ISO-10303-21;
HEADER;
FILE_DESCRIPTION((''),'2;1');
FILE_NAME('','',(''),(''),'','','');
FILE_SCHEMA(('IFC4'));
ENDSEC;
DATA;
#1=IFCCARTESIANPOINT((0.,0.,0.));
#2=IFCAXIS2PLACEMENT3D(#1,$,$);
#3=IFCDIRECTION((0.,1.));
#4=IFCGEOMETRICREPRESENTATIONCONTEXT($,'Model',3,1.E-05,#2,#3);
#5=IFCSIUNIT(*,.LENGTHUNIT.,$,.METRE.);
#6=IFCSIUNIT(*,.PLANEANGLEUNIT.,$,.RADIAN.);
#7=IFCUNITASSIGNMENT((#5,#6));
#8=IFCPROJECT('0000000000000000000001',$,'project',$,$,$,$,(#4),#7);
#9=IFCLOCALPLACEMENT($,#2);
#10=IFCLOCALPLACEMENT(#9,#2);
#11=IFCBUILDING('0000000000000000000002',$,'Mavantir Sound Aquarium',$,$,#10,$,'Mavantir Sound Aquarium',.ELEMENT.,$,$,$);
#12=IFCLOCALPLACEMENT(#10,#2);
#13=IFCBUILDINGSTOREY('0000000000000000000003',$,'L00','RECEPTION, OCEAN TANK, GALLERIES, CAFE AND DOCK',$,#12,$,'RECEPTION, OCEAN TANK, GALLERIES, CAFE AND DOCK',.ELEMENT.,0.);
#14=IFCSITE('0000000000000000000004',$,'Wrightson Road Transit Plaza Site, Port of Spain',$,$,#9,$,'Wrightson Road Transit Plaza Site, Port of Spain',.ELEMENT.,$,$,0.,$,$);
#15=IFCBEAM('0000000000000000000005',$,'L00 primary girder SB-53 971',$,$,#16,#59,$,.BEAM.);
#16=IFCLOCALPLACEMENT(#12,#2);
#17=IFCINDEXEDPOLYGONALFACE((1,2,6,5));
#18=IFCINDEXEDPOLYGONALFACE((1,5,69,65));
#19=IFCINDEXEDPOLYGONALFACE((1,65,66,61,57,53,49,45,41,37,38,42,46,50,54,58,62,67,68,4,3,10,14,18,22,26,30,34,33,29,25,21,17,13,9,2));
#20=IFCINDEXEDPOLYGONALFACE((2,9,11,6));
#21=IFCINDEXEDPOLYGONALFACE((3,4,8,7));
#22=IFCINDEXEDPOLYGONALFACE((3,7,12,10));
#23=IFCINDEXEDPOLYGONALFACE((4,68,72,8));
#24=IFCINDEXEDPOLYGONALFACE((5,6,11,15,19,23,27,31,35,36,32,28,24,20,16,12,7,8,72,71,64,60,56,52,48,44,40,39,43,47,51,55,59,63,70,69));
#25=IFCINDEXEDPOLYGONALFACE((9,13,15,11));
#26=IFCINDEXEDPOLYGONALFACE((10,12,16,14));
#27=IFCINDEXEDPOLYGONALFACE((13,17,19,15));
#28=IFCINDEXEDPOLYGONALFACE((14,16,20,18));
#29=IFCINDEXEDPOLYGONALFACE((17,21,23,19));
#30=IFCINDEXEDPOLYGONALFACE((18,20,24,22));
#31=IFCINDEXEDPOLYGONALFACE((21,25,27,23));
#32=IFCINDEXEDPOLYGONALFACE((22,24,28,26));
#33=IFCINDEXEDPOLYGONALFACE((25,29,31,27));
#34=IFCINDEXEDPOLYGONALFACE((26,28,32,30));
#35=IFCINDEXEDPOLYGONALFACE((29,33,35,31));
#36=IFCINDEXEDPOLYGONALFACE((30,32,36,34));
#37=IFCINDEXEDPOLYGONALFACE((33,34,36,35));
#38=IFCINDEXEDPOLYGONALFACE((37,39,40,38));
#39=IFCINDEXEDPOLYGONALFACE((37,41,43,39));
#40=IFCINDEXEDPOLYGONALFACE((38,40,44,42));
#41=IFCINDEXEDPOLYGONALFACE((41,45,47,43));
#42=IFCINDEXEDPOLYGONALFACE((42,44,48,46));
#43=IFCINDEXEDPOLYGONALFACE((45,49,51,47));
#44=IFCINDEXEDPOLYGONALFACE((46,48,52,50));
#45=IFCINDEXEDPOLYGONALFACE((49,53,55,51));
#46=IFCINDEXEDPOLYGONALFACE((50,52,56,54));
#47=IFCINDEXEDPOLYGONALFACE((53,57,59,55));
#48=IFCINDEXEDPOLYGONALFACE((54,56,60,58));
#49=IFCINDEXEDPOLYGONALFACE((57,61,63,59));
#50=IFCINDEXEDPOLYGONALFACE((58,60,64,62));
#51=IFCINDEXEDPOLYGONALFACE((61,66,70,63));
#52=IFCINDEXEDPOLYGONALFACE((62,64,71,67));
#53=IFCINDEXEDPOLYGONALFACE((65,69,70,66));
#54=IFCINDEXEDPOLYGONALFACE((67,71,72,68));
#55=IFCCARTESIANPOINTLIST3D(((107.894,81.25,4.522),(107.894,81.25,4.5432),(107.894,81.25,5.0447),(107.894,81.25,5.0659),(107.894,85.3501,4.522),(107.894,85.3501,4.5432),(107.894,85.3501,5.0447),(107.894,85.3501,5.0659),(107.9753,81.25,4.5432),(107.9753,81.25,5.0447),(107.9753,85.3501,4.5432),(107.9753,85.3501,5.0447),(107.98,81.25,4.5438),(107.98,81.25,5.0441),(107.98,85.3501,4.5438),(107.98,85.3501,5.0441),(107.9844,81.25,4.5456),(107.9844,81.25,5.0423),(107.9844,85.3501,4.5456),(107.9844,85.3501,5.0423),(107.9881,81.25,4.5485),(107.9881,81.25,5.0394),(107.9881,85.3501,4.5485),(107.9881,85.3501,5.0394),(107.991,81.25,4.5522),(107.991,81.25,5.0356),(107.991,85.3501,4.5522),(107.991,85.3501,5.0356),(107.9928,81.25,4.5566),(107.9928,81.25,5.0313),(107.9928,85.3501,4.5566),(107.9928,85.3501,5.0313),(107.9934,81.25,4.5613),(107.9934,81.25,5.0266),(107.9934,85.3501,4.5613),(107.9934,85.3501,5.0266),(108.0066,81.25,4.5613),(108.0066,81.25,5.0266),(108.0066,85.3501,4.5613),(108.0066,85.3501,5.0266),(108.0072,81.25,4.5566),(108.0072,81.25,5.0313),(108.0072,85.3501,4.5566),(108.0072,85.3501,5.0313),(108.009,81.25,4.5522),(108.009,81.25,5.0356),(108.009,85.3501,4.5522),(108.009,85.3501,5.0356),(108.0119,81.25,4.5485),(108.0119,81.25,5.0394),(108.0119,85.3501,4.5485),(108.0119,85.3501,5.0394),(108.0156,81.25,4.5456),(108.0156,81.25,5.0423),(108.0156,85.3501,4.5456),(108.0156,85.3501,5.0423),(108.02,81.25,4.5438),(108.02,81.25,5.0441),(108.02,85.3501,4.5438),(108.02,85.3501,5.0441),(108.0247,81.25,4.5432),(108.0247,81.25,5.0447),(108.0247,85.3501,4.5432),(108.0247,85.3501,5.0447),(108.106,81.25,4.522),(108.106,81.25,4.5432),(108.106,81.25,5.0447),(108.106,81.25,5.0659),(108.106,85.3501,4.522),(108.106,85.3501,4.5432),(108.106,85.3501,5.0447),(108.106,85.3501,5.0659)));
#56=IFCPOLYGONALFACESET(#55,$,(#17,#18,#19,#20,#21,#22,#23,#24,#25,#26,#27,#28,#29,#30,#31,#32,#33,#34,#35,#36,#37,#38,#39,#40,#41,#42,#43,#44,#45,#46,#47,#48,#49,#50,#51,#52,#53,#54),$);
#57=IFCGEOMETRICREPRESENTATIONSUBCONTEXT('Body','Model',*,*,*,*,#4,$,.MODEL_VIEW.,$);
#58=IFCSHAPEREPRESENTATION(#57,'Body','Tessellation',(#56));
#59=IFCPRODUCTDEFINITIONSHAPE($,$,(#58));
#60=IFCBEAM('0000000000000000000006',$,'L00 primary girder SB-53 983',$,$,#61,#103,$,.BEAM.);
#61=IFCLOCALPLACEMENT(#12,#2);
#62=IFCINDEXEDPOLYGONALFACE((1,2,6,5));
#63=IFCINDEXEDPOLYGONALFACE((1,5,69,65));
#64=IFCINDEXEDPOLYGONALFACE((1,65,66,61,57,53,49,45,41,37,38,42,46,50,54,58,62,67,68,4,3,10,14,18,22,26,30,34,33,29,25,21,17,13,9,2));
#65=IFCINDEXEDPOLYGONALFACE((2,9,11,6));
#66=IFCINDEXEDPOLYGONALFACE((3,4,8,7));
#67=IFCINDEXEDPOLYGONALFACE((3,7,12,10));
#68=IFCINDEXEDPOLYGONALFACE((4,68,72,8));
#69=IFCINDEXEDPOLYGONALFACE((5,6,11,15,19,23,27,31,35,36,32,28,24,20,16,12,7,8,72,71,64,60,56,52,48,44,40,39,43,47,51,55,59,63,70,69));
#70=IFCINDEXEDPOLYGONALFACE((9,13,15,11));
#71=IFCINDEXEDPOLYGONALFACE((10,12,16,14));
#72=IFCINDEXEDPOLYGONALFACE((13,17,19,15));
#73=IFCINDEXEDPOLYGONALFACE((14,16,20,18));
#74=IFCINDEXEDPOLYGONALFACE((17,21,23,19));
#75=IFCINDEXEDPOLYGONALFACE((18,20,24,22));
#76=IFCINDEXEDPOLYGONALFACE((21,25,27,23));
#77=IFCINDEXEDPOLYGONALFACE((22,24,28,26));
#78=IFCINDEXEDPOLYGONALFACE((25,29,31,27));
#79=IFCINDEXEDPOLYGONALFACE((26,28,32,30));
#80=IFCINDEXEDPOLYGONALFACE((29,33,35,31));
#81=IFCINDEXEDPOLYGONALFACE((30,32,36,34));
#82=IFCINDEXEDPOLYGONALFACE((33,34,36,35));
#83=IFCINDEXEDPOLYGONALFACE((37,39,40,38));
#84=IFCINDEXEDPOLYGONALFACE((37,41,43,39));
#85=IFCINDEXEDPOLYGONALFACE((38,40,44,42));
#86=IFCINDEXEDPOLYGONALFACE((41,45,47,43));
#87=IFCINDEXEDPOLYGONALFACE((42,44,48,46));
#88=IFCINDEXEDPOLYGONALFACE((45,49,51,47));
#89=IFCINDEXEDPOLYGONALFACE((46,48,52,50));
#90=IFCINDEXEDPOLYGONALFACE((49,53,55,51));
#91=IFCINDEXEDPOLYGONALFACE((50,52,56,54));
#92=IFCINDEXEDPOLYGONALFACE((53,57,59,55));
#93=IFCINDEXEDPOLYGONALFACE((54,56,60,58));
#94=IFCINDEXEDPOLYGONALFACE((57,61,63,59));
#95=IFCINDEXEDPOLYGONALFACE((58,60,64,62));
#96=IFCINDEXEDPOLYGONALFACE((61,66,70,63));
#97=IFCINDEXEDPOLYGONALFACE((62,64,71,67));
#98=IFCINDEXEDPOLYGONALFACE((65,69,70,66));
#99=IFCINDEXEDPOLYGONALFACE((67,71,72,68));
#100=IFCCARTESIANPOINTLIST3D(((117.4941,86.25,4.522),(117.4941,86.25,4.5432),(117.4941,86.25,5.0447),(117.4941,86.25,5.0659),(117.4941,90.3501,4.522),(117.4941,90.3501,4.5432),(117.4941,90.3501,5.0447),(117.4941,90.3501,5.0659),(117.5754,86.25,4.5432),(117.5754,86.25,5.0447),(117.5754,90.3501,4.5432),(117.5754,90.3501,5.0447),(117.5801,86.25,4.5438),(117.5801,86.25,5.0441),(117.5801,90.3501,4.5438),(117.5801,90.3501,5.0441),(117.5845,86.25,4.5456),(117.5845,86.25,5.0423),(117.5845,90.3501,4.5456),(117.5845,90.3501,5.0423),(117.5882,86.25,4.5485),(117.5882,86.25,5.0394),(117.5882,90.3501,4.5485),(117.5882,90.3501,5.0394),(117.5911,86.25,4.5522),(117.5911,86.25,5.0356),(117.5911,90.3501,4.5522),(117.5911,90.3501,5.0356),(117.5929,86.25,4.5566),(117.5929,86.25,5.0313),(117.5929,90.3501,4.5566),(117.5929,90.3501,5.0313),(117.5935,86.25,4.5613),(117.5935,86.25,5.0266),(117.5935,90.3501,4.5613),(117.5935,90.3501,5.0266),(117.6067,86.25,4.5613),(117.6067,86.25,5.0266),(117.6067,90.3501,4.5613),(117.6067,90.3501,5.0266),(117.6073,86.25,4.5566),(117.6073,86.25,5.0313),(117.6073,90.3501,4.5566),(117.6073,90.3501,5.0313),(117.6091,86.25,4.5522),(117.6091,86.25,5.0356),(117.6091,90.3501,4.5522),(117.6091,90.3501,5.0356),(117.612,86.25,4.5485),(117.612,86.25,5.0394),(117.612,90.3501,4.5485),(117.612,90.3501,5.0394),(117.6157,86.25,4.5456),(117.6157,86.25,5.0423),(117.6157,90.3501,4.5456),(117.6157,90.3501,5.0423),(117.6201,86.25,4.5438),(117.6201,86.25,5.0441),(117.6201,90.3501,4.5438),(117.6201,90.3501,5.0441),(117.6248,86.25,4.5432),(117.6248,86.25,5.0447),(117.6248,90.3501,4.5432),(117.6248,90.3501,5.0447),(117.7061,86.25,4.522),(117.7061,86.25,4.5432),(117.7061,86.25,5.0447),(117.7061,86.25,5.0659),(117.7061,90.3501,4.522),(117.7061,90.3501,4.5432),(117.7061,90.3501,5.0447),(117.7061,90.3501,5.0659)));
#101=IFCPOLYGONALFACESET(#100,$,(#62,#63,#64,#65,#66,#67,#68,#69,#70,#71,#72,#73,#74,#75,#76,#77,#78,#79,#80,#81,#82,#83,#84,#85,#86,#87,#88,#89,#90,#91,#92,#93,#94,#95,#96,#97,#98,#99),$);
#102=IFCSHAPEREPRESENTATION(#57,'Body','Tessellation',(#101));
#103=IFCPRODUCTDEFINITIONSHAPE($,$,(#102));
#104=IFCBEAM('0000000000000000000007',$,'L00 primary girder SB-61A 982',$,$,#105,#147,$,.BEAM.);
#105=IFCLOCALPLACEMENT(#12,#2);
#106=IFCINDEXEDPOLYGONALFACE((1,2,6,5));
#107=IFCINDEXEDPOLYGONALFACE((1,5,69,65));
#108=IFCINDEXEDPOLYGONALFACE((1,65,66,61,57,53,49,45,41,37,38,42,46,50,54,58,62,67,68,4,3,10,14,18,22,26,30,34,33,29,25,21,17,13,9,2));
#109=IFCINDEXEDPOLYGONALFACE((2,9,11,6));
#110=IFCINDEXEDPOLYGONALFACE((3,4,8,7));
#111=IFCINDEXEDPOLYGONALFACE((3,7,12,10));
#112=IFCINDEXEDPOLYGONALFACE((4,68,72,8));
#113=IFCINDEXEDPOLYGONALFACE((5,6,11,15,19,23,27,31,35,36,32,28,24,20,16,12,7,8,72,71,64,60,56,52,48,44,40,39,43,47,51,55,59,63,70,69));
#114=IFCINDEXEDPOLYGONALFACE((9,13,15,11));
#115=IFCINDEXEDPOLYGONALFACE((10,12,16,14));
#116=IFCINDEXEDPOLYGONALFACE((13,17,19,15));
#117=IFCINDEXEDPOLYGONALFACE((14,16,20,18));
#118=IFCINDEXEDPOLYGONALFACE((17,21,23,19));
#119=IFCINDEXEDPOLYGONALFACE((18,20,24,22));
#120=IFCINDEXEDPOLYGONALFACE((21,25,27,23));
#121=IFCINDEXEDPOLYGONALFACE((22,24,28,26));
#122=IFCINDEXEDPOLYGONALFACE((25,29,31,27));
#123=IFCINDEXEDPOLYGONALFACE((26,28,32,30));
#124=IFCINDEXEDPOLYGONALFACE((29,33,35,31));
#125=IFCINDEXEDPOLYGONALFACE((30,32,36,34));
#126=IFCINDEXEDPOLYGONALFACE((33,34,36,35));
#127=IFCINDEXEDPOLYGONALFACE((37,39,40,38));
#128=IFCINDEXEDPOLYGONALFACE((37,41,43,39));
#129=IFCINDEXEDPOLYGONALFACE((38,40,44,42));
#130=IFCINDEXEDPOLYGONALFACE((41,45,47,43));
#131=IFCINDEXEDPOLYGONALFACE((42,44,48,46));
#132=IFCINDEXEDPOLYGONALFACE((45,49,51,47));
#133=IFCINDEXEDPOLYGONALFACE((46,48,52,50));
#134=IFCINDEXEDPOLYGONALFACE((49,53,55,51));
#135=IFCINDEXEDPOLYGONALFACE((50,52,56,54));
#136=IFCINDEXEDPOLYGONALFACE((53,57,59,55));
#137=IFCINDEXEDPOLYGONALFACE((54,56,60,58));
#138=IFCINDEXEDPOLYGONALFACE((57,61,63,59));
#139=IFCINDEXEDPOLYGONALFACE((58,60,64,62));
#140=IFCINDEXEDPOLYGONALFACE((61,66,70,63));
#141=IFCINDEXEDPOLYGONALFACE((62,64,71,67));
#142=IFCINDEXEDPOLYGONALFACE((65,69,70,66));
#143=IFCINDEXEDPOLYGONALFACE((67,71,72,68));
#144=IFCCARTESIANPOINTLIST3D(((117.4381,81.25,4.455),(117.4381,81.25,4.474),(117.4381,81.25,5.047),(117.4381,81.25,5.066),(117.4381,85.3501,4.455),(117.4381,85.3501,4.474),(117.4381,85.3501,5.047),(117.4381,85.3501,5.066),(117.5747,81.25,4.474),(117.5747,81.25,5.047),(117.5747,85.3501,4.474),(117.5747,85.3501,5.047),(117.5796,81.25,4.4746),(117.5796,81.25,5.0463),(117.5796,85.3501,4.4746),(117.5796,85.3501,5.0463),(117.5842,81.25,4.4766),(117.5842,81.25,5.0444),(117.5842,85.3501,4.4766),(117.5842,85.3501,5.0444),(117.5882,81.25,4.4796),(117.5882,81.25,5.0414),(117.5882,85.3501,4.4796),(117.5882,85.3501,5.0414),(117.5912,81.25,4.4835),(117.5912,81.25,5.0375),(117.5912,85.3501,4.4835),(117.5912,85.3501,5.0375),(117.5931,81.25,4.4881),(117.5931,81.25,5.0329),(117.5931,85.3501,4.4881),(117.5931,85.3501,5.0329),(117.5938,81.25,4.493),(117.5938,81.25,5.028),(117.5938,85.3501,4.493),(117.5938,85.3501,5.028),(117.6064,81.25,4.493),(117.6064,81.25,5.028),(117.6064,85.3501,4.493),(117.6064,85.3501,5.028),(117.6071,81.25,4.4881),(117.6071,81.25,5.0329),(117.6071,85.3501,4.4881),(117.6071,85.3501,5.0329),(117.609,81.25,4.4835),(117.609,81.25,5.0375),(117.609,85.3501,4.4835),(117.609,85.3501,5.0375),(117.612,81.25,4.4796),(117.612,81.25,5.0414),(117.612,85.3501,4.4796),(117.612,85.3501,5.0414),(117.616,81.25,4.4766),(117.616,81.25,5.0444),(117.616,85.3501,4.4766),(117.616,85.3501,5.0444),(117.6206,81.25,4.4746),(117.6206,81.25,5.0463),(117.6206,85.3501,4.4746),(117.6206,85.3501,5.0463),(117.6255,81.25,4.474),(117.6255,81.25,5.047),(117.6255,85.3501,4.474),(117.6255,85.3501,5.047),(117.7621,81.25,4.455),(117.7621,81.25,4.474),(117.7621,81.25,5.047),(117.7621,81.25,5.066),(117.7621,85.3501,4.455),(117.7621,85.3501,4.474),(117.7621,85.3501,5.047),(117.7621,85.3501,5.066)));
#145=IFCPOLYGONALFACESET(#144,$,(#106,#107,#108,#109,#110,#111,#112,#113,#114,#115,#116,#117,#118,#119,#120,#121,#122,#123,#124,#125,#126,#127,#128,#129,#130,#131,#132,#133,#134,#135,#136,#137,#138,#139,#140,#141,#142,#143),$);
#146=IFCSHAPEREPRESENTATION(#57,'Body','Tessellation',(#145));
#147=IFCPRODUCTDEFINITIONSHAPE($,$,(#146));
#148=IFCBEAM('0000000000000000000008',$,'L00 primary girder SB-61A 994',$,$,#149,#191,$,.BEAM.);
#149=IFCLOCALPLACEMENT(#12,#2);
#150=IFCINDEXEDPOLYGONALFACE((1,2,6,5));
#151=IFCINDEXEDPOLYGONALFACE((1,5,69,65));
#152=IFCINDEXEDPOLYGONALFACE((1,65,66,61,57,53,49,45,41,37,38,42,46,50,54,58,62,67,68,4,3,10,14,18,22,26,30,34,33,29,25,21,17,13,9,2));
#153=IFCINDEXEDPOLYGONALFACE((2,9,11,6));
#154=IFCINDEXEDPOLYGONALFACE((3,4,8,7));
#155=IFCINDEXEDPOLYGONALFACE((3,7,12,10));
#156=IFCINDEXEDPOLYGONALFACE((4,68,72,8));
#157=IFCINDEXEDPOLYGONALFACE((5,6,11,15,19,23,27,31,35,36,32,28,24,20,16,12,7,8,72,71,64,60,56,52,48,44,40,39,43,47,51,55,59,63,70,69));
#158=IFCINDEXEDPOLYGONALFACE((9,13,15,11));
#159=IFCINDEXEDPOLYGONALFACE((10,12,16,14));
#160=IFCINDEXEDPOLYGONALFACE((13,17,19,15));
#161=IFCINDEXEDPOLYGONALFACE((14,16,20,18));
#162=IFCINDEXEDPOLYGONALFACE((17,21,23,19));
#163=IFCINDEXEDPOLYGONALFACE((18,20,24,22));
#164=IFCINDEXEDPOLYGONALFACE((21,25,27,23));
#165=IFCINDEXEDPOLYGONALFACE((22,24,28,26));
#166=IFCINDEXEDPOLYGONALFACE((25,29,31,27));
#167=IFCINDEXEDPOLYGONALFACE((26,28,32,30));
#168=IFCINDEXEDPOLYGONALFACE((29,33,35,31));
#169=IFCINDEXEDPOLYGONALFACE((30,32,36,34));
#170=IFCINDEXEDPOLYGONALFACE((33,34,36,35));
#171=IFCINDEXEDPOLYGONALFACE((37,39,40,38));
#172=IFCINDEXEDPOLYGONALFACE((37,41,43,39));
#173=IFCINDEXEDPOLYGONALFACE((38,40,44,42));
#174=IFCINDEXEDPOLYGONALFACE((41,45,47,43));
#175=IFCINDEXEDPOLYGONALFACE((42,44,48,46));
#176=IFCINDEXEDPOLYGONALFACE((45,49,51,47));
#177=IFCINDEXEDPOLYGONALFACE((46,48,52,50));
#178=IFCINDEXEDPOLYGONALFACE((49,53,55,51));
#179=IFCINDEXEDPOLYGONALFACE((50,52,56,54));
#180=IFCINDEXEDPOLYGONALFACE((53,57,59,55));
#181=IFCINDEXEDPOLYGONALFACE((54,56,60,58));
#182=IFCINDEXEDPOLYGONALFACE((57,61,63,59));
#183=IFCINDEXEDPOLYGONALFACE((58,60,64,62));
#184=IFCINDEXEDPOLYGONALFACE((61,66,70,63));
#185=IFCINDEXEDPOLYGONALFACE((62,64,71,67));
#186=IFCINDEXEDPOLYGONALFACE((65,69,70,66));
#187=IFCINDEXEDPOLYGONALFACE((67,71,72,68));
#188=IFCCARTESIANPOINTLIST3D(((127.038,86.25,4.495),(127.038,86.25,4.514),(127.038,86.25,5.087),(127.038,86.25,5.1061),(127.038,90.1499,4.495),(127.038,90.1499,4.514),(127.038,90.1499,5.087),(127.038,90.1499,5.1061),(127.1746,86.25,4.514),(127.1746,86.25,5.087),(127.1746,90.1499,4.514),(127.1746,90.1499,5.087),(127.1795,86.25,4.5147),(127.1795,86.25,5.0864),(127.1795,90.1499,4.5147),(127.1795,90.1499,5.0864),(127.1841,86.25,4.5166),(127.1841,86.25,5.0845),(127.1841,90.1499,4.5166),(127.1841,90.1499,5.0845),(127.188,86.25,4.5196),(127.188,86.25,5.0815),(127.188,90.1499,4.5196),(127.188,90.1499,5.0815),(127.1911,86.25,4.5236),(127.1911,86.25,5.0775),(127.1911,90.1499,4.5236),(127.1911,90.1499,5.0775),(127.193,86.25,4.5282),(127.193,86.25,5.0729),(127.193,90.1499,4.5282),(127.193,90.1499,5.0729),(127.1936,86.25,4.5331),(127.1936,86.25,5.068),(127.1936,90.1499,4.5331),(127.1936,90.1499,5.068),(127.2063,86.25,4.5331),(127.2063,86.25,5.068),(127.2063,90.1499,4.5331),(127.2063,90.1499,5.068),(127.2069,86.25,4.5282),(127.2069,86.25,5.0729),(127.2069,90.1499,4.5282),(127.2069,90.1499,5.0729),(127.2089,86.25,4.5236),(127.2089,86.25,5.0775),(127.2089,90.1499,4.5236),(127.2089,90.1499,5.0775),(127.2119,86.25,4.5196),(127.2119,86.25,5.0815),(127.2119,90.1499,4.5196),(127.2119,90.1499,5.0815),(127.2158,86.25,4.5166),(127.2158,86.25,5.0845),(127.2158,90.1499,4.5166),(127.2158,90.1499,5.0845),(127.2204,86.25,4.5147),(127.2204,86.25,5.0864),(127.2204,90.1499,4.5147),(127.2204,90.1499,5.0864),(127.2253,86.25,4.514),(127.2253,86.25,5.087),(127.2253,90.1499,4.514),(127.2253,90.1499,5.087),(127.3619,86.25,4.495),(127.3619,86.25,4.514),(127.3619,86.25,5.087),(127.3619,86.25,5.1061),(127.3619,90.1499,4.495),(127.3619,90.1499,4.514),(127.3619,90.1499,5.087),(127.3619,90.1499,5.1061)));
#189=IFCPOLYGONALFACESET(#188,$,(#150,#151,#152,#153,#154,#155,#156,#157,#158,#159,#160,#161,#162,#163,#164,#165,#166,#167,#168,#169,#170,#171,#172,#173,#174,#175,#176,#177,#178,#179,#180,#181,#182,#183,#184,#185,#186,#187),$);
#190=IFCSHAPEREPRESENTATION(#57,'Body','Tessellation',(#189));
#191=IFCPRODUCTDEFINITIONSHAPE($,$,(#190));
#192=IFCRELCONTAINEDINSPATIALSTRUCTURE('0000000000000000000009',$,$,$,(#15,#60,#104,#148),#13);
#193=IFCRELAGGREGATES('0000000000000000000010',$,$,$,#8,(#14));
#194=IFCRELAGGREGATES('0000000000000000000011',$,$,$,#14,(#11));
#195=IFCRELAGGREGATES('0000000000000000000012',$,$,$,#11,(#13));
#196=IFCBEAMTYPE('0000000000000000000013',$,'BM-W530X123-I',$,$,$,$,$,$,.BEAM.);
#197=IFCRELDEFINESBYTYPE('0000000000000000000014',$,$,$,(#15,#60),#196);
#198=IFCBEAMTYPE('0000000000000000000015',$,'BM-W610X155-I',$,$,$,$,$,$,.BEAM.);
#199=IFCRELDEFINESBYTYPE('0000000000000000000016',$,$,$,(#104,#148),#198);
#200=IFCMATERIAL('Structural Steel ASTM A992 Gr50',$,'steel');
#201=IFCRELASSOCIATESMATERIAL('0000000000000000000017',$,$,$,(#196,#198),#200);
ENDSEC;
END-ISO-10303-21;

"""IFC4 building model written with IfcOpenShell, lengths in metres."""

from ifc_helpers import new_model, si_unit, direction, frame, origin, origin_2d, place, context, subcontext, project, spatial, i_section, extrude, material, material_profile, profile_set, type_object, element, save


model = new_model("IFC4")

# Units and contexts
model_context = context("Model", 3, precision=1e-05, world=origin(), true_north=direction((0.0, 1.0)))
body_context = subcontext(model_context, "Body", "Model", "MODEL_VIEW")
ifc_project = project(units=[si_unit("LENGTHUNIT", "METRE"), si_unit("PLANEANGLEUNIT", "RADIAN")], contexts=[model_context])

# Site, building, storey
site_placement = place(None, origin())
site = spatial("IfcSite", under=ifc_project, at=site_placement, Name="Wrightson Road Transit Plaza Site, Port of Spain", LongName="Wrightson Road Transit Plaza Site, Port of Spain", CompositionType="ELEMENT", RefElevation=0.0)
building_placement = place(site_placement, origin())
building = spatial("IfcBuilding", under=site, at=building_placement, Name="Mavantir Sound Aquarium", LongName="Mavantir Sound Aquarium", CompositionType="ELEMENT")
storey_placement = place(building_placement, origin())
storey = spatial("IfcBuildingStorey", under=building, at=storey_placement, Name="L00", Description="RECEPTION, OCEAN TANK, GALLERIES, CAFE AND DOCK", LongName="RECEPTION, OCEAN TANK, GALLERIES, CAFE AND DOCK", CompositionType="ELEMENT", Elevation=0.0)

# Beams
ifc_material_1 = material(Name="Structural Steel ASTM A992 Gr50", Category="steel")
ifc_material_profile_1 = material_profile(ifc_material_1, i_section(OverallWidth=0.2119, OverallDepth=0.5439, WebThickness=0.0132, FlangeThickness=0.0212, FilletRadius=0.0181, at=origin_2d()), Name="W530X123")
ifc_profile_set_1 = profile_set([ifc_material_profile_1], Name="Structural Steel ASTM A992 Gr50")
beam_type_1 = type_object("IfcBeamType", Name="BM-W530X123-I", PredefinedType="BEAM", material=ifc_profile_set_1)
for number, where, z_axis, x_axis, name in (
    (1, (108.0, 81.25, 4.7939), (0.0, 1.0, 0.0), (-1.0, 0.0, 0.0), "L00 primary girder SB-53 971"),
    (2, (117.6001, 86.25, 4.7939), (0.0, 1.0, 0.0), (-1.0, 0.0, 0.0), "L00 primary girder SB-53 983"),
):
    element("IfcBeam", number, at=place(storey_placement, frame(where, z_axis=z_axis, x_axis=x_axis)), inside=storey, type_object=beam_type_1, Name=name, PredefinedType="BEAM", context=body_context, shape_type="SweptSolid", body=[
        extrude(i_section(OverallWidth=0.2119, OverallDepth=0.5439, WebThickness=0.0132, FlangeThickness=0.0212, FilletRadius=0.0181, at=origin_2d()), origin(), (0.0, 0.0, 1.0), 4.1001),
    ])
ifc_material_profile_2 = material_profile(ifc_material_1, i_section(OverallWidth=0.324, OverallDepth=0.6111, WebThickness=0.0127, FlangeThickness=0.019, FilletRadius=0.019, at=origin_2d()), Name="W610X155")
ifc_profile_set_2 = profile_set([ifc_material_profile_2], Name="Structural Steel ASTM A992 Gr50")
beam_type_2 = type_object("IfcBeamType", Name="BM-W610X155-I", PredefinedType="BEAM", material=ifc_profile_set_2)
beam_1_placement = place(storey_placement, frame((117.6001, 81.25, 4.7605), z_axis=(0.0, 1.0, 0.0), x_axis=(-1.0, 0.0, 0.0)))
element("IfcBeam", 3, at=beam_1_placement, inside=storey, type_object=beam_type_2, Name="L00 primary girder SB-61A 982", PredefinedType="BEAM", context=body_context, shape_type="SweptSolid", body=[
    extrude(i_section(OverallWidth=0.324, OverallDepth=0.6111, WebThickness=0.0127, FlangeThickness=0.019, FilletRadius=0.019, at=origin_2d()), origin(), (0.0, 0.0, 1.0), 4.1001),
])
beam_2_placement = place(storey_placement, frame((127.2, 86.25, 4.8005), z_axis=(0.0, 1.0, 0.0), x_axis=(-1.0, 0.0, 0.0)))
element("IfcBeam", 4, at=beam_2_placement, inside=storey, type_object=beam_type_2, Name="L00 primary girder SB-61A 994", PredefinedType="BEAM", context=body_context, shape_type="SweptSolid", body=[
    extrude(i_section(OverallWidth=0.324, OverallDepth=0.6111, WebThickness=0.0127, FlangeThickness=0.019, FilletRadius=0.019, at=origin_2d()), origin(), (0.0, 0.0, 1.0), 3.8999),
])

save(model, "model.ifc")
